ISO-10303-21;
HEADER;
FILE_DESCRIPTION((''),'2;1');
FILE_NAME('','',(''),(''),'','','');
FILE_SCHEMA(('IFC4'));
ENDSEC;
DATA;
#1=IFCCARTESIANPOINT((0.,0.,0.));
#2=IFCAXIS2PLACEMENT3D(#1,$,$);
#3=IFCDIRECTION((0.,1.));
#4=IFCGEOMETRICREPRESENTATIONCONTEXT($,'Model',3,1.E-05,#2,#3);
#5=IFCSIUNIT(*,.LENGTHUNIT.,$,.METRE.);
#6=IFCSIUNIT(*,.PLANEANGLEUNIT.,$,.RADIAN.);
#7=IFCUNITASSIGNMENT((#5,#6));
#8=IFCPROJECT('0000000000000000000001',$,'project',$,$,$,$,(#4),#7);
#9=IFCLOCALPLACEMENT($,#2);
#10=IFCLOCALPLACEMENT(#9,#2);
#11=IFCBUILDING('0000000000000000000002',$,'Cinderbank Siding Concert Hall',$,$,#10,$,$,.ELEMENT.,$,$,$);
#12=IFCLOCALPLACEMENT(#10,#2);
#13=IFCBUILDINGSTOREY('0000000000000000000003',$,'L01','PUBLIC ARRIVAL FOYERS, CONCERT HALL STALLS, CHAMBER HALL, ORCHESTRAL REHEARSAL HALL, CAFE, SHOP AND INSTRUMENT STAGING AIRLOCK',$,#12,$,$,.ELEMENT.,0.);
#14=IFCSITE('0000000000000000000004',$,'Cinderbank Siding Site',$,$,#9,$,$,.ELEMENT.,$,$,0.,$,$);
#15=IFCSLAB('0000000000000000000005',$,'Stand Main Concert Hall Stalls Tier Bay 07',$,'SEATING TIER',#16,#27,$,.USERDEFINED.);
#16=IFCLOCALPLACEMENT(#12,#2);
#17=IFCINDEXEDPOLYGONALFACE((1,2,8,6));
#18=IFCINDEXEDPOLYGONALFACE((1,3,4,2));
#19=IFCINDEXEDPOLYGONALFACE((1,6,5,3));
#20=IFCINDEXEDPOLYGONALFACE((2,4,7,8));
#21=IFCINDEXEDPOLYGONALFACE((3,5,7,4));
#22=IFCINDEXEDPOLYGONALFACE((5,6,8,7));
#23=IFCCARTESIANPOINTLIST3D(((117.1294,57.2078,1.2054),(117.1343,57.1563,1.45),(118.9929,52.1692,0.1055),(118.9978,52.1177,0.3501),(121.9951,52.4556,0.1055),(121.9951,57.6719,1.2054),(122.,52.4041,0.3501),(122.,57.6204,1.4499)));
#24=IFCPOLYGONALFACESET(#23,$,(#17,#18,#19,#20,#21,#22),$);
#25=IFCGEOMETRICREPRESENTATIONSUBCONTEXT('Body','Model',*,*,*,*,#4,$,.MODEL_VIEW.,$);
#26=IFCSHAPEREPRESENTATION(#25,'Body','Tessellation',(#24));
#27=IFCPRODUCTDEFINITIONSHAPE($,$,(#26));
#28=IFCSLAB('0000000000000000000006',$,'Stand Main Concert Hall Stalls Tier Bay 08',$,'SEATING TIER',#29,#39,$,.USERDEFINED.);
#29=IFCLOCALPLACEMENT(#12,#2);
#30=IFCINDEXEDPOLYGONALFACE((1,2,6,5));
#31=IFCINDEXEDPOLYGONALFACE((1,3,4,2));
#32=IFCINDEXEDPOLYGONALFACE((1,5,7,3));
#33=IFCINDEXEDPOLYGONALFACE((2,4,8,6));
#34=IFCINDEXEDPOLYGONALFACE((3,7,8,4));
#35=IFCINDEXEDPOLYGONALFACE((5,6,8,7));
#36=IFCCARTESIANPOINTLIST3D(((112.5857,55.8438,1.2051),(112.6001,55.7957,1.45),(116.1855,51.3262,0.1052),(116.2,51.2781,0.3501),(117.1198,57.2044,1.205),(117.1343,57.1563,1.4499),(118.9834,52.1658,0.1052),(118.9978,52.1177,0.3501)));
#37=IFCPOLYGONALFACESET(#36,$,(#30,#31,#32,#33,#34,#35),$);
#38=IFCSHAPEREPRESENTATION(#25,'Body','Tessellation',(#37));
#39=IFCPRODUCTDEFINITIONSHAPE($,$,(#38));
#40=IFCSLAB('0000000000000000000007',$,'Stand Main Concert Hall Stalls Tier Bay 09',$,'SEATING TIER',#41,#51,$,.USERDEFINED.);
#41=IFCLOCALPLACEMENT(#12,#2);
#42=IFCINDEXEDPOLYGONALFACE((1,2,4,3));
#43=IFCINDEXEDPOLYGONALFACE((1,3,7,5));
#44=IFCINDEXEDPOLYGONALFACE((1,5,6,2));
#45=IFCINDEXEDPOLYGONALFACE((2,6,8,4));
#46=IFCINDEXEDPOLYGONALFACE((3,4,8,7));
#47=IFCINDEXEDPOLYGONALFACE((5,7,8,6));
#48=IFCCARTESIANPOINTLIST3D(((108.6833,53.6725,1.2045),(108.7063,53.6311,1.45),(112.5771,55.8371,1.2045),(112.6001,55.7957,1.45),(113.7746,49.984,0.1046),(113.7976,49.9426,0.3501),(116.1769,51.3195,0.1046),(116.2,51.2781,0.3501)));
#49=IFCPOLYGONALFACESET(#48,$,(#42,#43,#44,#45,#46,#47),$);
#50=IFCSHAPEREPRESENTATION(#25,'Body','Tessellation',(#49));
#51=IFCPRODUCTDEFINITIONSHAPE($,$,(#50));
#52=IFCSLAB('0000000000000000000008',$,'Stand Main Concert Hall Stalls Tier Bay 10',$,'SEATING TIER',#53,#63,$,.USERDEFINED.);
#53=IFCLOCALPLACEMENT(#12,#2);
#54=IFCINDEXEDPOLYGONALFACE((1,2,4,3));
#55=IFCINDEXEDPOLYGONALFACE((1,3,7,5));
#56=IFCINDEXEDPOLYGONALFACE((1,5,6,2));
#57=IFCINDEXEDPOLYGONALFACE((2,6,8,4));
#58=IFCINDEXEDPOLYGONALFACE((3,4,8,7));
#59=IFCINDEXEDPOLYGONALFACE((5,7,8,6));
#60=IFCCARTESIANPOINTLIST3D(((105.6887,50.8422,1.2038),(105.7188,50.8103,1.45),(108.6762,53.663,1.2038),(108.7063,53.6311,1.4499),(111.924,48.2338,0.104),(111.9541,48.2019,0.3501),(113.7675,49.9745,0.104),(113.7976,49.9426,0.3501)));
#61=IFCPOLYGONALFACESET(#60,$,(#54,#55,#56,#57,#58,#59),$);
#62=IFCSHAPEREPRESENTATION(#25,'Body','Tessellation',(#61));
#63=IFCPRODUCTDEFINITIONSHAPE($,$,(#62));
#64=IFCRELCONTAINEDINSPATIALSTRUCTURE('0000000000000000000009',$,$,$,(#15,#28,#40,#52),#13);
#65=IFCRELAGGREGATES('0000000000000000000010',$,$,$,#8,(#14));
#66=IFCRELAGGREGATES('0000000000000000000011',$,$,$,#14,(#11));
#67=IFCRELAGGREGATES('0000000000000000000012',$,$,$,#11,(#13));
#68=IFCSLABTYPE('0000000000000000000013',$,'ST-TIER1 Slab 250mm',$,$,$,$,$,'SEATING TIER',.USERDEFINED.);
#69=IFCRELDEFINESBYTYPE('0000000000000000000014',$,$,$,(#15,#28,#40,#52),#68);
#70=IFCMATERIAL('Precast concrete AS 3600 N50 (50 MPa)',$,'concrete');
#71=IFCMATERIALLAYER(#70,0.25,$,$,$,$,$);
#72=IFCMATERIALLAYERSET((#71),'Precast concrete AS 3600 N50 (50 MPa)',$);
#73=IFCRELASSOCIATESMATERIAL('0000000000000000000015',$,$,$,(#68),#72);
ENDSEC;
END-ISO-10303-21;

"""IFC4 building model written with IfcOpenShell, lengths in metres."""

from ifc_helpers import new_model, si_unit, direction, frame, origin, place, context, subcontext, project, spatial, polyline, outline, extrude, material, layer, layer_set, type_object, element, save


model = new_model("IFC4")

# Units and contexts
model_context = context("Model", 3, precision=1e-05, world=origin(), true_north=direction((0.0, 1.0)))
body_context = subcontext(model_context, "Body", "Model", "MODEL_VIEW")
ifc_project = project(units=[si_unit("LENGTHUNIT", "METRE"), si_unit("PLANEANGLEUNIT", "RADIAN")], contexts=[model_context])

# Site, building, storey
site_placement = place(None, origin())
site = spatial("IfcSite", under=ifc_project, at=site_placement, Name="Cinderbank Siding Site", CompositionType="ELEMENT", RefElevation=0.0)
building_placement = place(site_placement, origin())
building = spatial("IfcBuilding", under=site, at=building_placement, Name="Cinderbank Siding Concert Hall", CompositionType="ELEMENT")
storey_placement = place(building_placement, origin())
storey = spatial("IfcBuildingStorey", under=building, at=storey_placement, Name="L01", Description="PUBLIC ARRIVAL FOYERS, CONCERT HALL STALLS, CHAMBER HALL, ORCHESTRAL REHEARSAL HALL, CAFE, SHOP AND INSTRUMENT STAGING AIRLOCK", CompositionType="ELEMENT", Elevation=0.0)

# Slabs
ifc_material_1 = material(Name="Precast concrete AS 3600 N50 (50 MPa)", Category="concrete")
ifc_layer_1 = layer(ifc_material_1, 0.25)
ifc_layer_set_1 = layer_set([ifc_layer_1], Name="Precast concrete AS 3600 N50 (50 MPa)")
slab_type = type_object("IfcSlabType", Name="ST-TIER1 Slab 250mm", ElementType="SEATING TIER", PredefinedType="USERDEFINED", material=ifc_layer_set_1)
slab_1_placement = place(storey_placement, frame((122.0, 52.4041, 0.3501), z_axis=(0.019675, -0.206273, 0.978297), x_axis=(-0.995481, -0.094958, -0.000001)))
element("IfcSlab", 1, at=slab_1_placement, inside=storey, type_object=slab_type, Name="Stand Main Concert Hall Stalls Tier Bay 07", ObjectType="SEATING TIER", PredefinedType="USERDEFINED", context=body_context, shape_type="SweptSolid", body=[
    extrude(outline(polyline([(0.0, 0.0), (3.0158, 0.0), (4.3925, -5.308), (-0.4953, -5.3079), (0.0, 0.0)])), origin(), (0.0, 0.0, -1.0), 0.25),
])
slab_2_placement = place(storey_placement, frame((118.9978, 52.1177, 0.3501), z_axis=(0.057757, -0.192472, 0.979601), x_axis=(-0.957803, -0.287424, -0.000001)))
element("IfcSlab", 2, at=slab_2_placement, inside=storey, type_object=slab_type, Name="Stand Main Concert Hall Stalls Tier Bay 08", ObjectType="SEATING TIER", PredefinedType="USERDEFINED", context=body_context, shape_type="SweptSolid", body=[
    extrude(outline(polyline([(0.0, 0.0), (2.9211, 0.0), (5.0706, -5.4733), (0.3367, -5.4732), (0.0, 0.0)])), origin(), (0.0, 0.0, -1.0), 0.25),
])
slab_3_placement = place(storey_placement, frame((116.2, 51.2781, 0.3501), z_axis=(0.092092, -0.165664, 0.981873), x_axis=(-0.874032, -0.485869, 0.0)))
element("IfcSlab", 3, at=slab_3_placement, inside=storey, type_object=slab_type, Name="Stand Main Concert Hall Stalls Tier Bay 09", ObjectType="SEATING TIER", PredefinedType="USERDEFINED", context=body_context, shape_type="SweptSolid", body=[
    extrude(outline(polyline([(0.0, 0.0), (2.7486, 0.0), (5.4064, -5.8027), (0.9514, -5.8028), (0.0, 0.0)])), origin(), (0.0, 0.0, -1.0), 0.25),
])
slab_4_placement = place(storey_placement, frame((113.7976, 49.9426, 0.3501), z_axis=(0.120343, -0.127454, 0.984517), x_axis=(-0.727086, -0.686547, -0.000003)))
element("IfcSlab", 4, at=slab_4_placement, inside=storey, type_object=slab_type, Name="Stand Main Concert Hall Stalls Tier Bay 10", ObjectType="SEATING TIER", PredefinedType="USERDEFINED", context=body_context, shape_type="SweptSolid", body=[
    extrude(outline(polyline([(0.0, 0.0), (2.5355, 0.0), (5.2783, -6.2745), (1.1695, -6.2744), (0.0, 0.0)])), origin(), (0.0, 0.0, -1.0), 0.25),
])

save(model, "model.ifc")
